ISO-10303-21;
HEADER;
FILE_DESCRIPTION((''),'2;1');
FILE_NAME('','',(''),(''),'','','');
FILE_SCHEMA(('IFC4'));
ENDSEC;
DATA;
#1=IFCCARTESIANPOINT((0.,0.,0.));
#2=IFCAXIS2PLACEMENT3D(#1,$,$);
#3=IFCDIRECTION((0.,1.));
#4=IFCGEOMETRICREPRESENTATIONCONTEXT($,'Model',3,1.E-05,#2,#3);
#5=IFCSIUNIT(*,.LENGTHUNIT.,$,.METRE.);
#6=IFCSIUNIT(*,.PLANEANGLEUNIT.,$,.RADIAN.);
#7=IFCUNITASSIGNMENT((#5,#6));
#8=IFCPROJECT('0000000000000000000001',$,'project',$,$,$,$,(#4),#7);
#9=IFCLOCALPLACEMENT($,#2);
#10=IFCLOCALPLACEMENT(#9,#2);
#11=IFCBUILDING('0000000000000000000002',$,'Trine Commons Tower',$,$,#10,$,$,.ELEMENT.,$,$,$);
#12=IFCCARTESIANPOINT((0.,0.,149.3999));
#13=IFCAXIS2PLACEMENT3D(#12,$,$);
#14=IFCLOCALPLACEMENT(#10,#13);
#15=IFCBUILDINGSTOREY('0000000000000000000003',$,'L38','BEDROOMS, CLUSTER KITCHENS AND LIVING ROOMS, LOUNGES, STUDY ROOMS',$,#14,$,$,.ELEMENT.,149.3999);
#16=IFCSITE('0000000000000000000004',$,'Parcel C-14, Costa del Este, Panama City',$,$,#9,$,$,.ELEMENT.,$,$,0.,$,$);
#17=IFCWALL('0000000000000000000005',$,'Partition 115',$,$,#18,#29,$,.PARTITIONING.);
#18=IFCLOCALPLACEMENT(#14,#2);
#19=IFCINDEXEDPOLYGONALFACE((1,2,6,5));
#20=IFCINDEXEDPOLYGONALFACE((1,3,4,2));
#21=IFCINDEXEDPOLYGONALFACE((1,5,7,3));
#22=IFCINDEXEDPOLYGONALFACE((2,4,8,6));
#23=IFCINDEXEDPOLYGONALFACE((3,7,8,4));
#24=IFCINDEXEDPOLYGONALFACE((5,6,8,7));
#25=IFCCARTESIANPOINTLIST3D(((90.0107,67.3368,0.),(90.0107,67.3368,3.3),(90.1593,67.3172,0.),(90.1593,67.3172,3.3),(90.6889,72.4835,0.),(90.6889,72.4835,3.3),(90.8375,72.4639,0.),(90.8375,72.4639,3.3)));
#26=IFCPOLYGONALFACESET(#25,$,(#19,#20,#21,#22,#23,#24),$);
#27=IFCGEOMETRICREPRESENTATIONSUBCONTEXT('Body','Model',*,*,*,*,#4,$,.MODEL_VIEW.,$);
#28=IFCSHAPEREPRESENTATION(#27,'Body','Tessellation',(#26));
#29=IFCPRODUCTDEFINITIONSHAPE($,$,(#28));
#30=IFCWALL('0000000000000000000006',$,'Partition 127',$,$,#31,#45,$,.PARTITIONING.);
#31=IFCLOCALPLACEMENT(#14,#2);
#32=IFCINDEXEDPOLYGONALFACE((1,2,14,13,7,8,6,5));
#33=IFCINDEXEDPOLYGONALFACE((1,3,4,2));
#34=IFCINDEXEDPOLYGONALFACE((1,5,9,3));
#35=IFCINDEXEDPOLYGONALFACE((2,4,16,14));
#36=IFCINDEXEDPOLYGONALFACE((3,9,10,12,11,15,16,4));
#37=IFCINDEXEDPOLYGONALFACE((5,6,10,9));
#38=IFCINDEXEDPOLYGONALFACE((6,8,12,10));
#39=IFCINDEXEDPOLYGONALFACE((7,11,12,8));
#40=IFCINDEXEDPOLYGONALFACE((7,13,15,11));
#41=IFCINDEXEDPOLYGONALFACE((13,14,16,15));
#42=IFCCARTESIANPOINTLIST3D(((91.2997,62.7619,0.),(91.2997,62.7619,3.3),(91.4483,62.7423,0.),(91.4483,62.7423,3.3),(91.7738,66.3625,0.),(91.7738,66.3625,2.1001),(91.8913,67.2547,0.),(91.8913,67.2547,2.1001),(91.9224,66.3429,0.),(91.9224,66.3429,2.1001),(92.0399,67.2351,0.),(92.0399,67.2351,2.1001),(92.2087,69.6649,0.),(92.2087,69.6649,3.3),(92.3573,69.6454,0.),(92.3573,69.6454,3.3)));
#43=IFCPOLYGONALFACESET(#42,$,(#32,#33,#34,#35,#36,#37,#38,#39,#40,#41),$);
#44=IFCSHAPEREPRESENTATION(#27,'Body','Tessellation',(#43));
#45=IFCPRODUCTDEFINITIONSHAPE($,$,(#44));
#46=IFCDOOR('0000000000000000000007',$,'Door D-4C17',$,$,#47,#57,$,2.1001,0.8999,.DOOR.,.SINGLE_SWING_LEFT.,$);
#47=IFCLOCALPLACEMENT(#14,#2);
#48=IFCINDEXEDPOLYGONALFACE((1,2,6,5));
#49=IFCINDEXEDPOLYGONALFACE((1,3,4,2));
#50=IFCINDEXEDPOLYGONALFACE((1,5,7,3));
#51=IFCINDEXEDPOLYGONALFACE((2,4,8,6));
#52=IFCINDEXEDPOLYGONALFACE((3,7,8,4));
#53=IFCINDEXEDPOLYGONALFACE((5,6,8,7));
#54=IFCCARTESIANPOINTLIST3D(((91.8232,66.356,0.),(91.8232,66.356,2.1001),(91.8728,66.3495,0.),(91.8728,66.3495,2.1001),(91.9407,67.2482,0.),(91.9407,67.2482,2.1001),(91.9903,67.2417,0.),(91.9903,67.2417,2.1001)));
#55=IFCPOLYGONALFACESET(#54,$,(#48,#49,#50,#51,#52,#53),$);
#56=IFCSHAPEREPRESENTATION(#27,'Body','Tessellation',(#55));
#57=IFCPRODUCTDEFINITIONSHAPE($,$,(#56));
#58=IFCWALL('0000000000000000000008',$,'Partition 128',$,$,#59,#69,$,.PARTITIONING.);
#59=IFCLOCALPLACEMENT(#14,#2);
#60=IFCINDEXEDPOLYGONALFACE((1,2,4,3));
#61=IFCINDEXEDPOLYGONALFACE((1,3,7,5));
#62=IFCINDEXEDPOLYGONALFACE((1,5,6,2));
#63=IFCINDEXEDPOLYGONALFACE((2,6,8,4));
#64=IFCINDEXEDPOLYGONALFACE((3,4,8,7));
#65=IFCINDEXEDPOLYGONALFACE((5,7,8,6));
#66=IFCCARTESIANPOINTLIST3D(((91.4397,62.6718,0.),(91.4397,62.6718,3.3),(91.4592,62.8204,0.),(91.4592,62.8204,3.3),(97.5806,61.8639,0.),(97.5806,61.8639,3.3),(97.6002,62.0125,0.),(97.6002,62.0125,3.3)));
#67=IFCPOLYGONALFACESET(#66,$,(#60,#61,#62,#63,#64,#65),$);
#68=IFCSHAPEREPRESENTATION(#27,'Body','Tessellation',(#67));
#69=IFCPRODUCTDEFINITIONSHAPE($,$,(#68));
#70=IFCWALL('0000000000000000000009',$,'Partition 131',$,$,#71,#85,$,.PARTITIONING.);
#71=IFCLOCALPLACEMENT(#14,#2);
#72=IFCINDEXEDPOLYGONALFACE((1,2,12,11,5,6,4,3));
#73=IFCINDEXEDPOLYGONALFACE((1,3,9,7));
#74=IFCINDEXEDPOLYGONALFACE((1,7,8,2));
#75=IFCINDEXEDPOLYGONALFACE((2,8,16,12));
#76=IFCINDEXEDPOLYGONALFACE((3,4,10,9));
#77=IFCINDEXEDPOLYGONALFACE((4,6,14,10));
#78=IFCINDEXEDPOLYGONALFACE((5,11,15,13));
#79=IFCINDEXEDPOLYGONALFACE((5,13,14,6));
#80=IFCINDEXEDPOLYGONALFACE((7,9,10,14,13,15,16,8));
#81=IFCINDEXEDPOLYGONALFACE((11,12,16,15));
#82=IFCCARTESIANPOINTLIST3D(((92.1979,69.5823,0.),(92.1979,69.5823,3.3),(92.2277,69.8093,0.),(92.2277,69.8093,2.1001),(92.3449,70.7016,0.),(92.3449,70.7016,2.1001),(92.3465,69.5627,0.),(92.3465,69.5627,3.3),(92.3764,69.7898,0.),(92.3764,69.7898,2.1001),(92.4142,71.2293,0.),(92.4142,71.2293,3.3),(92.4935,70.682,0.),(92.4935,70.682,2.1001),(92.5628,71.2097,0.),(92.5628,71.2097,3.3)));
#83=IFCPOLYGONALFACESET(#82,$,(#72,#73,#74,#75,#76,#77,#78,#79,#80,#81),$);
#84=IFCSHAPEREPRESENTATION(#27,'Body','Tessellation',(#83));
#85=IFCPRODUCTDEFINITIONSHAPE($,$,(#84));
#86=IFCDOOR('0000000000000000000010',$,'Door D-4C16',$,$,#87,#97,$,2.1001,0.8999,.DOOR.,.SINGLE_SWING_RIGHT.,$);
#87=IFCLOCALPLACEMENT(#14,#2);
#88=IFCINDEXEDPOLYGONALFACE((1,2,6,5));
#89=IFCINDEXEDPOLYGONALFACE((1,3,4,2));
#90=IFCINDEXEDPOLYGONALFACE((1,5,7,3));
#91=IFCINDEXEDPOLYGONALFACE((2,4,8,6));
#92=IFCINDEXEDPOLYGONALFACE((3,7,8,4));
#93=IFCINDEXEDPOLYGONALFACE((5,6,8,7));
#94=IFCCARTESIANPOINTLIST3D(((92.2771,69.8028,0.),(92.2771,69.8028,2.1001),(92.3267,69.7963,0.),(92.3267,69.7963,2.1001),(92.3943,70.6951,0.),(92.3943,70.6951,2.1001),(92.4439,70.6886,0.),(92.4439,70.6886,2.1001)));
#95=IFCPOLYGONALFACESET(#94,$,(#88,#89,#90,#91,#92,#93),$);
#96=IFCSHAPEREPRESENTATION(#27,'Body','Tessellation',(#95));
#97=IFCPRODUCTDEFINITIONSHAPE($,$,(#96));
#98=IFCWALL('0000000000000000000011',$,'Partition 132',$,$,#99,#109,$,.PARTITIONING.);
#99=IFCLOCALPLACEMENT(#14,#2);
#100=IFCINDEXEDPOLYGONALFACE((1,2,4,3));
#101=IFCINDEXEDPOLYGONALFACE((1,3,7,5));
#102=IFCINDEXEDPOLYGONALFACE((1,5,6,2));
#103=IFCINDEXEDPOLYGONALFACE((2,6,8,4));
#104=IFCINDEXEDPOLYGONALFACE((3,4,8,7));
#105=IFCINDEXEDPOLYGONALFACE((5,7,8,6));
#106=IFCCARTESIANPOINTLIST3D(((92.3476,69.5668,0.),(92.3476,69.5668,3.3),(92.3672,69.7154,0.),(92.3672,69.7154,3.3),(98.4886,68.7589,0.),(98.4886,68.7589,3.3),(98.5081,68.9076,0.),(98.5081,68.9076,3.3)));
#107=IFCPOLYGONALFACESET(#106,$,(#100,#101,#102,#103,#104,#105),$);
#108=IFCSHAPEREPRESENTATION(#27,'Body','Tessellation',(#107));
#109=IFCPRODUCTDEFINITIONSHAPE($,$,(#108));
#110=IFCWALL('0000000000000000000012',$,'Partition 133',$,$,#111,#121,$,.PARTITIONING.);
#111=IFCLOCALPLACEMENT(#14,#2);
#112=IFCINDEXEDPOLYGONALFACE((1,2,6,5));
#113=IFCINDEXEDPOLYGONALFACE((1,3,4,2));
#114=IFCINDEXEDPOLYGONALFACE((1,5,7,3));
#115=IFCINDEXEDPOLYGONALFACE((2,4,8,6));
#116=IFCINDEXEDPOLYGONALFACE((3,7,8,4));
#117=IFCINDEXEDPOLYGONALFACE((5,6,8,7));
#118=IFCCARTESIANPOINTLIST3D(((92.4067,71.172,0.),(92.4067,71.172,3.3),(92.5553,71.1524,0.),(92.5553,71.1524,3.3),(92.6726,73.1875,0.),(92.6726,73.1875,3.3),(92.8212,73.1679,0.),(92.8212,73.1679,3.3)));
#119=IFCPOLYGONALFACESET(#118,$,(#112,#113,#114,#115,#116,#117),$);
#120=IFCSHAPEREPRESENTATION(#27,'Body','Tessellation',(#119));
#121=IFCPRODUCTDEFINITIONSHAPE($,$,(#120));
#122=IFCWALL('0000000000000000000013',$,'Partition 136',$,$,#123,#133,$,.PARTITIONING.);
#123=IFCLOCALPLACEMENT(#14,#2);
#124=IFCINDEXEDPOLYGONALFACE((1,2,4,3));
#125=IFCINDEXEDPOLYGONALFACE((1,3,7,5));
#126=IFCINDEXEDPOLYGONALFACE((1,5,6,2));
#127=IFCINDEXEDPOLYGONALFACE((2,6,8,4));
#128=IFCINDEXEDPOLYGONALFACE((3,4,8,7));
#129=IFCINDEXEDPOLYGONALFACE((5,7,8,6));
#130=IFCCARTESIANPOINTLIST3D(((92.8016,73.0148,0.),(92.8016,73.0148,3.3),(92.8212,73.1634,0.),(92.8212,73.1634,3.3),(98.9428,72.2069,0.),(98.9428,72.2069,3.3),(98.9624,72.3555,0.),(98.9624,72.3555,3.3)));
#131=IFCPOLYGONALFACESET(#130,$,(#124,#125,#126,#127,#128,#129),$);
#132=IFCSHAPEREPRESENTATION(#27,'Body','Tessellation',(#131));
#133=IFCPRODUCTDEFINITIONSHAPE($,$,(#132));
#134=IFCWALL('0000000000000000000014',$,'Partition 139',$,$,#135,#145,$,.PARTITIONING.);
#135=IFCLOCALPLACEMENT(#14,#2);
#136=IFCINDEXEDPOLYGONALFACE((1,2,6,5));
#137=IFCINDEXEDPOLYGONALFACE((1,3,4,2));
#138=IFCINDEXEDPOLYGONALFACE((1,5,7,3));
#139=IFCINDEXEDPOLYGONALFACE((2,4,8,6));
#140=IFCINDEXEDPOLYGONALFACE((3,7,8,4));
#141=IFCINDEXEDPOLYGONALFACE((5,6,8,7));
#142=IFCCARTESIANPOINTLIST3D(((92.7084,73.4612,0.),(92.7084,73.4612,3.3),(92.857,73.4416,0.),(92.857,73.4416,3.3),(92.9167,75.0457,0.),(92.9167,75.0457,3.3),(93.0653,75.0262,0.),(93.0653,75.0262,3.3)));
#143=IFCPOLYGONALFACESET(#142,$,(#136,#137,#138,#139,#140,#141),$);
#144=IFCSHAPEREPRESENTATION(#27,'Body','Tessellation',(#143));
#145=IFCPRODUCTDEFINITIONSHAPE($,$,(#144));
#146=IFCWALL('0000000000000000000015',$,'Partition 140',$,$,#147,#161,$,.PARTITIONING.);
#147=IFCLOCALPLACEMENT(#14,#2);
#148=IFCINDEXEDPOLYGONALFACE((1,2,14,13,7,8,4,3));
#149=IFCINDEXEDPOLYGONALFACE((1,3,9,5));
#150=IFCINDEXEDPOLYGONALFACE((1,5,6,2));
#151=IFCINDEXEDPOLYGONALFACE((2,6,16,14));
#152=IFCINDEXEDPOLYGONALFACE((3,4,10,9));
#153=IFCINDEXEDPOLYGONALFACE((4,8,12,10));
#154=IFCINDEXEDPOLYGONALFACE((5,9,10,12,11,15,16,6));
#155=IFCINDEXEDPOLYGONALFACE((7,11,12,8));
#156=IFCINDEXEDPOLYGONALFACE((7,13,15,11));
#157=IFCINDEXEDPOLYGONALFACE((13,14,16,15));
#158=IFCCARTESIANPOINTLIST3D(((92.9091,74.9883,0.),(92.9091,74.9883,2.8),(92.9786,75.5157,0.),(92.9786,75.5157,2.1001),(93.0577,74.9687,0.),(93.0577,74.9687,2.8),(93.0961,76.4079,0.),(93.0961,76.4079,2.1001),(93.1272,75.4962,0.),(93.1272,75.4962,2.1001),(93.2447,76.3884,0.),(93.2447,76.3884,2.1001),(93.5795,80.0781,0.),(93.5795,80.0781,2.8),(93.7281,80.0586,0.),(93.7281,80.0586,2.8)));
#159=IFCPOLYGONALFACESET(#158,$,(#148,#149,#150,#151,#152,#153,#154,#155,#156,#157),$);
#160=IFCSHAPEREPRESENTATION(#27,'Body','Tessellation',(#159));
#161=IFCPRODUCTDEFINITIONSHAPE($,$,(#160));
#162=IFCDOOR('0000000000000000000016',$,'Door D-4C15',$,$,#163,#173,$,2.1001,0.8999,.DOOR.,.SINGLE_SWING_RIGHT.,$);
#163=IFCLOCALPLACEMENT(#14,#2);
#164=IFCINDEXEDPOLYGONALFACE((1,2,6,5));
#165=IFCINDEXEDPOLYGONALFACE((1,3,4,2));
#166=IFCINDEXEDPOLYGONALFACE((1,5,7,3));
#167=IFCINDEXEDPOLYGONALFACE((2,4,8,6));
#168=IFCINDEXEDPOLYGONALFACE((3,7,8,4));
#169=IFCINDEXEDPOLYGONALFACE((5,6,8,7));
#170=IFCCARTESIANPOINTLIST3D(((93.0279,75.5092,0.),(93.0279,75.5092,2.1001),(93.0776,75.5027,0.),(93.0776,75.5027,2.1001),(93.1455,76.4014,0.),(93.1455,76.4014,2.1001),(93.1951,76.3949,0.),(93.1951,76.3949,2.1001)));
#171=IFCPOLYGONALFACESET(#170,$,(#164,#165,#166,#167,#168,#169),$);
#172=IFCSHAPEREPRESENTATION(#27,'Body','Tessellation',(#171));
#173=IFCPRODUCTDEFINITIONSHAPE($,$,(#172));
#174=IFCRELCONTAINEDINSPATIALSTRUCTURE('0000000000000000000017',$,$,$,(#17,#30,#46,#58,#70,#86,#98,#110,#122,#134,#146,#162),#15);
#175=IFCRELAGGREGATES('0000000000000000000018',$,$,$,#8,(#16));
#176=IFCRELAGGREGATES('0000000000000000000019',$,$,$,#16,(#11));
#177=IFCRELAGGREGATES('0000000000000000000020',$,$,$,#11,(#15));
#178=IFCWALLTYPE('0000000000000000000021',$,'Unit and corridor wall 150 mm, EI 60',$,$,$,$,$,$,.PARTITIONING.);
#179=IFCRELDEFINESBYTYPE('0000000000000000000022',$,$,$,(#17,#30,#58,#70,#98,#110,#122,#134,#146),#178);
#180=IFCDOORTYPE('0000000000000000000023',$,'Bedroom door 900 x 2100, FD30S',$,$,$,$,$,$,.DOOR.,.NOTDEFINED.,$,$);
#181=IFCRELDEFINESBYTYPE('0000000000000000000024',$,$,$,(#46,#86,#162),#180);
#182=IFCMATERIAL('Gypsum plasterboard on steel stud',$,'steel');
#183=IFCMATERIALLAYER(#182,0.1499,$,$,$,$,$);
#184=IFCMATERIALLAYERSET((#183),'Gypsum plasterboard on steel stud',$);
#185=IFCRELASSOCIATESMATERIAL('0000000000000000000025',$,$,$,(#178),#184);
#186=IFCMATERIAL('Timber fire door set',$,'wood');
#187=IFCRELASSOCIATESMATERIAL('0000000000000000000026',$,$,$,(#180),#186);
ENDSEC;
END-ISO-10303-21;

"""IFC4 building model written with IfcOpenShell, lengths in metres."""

from ifc_helpers import new_model, si_unit, direction, frame, frame_2d, origin, place, context, subcontext, project, spatial, rectangle, extrude, material, layer, layer_set, type_object, element, fill, save


model = new_model("IFC4")

# Units and contexts
model_context = context("Model", 3, precision=1e-05, world=origin(), true_north=direction((0.0, 1.0)))
body_context = subcontext(model_context, "Body", "Model", "MODEL_VIEW")
ifc_project = project(units=[si_unit("LENGTHUNIT", "METRE"), si_unit("PLANEANGLEUNIT", "RADIAN")], contexts=[model_context])

# Site, building, storey
site_placement = place(None, origin())
site = spatial("IfcSite", under=ifc_project, at=site_placement, Name="Parcel C-14, Costa del Este, Panama City", CompositionType="ELEMENT", RefElevation=0.0)
building_placement = place(site_placement, origin())
building = spatial("IfcBuilding", under=site, at=building_placement, Name="Trine Commons Tower", CompositionType="ELEMENT")
storey_placement = place(building_placement, frame((0.0, 0.0, 149.3999)))
storey = spatial("IfcBuildingStorey", under=building, at=storey_placement, Name="L38", Description="BEDROOMS, CLUSTER KITCHENS AND LIVING ROOMS, LOUNGES, STUDY ROOMS", CompositionType="ELEMENT", Elevation=149.3999)

# Wall
ifc_material_1 = material(Name="Gypsum plasterboard on steel stud", Category="steel")
ifc_layer_1 = layer(ifc_material_1, 0.1499)
ifc_layer_set_1 = layer_set([ifc_layer_1], Name="Gypsum plasterboard on steel stud")
wall_type_1 = type_object("IfcWallType", Name="Unit and corridor wall 150 mm, EI 60", PredefinedType="PARTITIONING", material=ifc_layer_set_1)
wall_1_placement = place(storey_placement, frame((90.085, 67.3269, 0.0), z_axis=(0.0, 0.0, 1.0), x_axis=(0.130648, 0.991429, 0.0)))
element("IfcWall", 1, at=wall_1_placement, inside=storey, type_object=wall_type_1, Name="Partition 115", PredefinedType="PARTITIONING", context=body_context, shape_type="SweptSolid", body=[
    extrude(rectangle(XDim=5.1912, YDim=0.1499, at=frame_2d((2.5957, 0.0))), origin(), (0.0, 0.0, 1.0), 3.3),
])

# Wall, opening, door
wall_2_placement = place(storey_placement, frame((91.374, 62.752, 0.0), z_axis=(0.0, 0.0, 1.0), x_axis=(0.130544, 0.991442, 0.0)))
wall_2 = element("IfcWall", 2, at=wall_2_placement, inside=storey, type_object=wall_type_1, Name="Partition 127", PredefinedType="PARTITIONING", context=body_context, shape_type="SweptSolid", body=[
    extrude(rectangle(XDim=6.9626, YDim=0.1499, at=frame_2d((3.4814, 0.0))), origin(), (0.0, 0.0, 1.0), 3.3),
])
opening_1_placement = place(wall_2_placement, frame((3.6318, 0.0, 0.0)))
opening_1 = element("IfcOpeningElement", 3, at=opening_1_placement, cuts=wall_2, PredefinedType="OPENING", context=body_context, shape_type="SweptSolid", body=[
    extrude(rectangle(XDim=0.8999, YDim=2.1001, at=frame_2d((0.45, 1.05))), frame((0.0, 0.085, 0.0), z_axis=(0.0, -1.0, 0.0), x_axis=(1.0, 0.0, 0.0)), (0.0, 0.0, 1.0), 0.1699),
])
ifc_material_2 = material(Name="Timber fire door set", Category="wood")
door_type_1 = type_object("IfcDoorType", Name="Bedroom door 900 x 2100, FD30S", OperationType="NOTDEFINED", PredefinedType="DOOR", material=ifc_material_2)
door_1_placement = place(opening_1_placement, frame((0.8999, 0.0, 0.0), z_axis=(0.0, 0.0, 1.0), x_axis=(-1.0, 0.0, 0.0)))
door_1 = element("IfcDoor", 4, at=door_1_placement, inside=storey, type_object=door_type_1, Name="Door D-4C17", OperationType="SINGLE_SWING_LEFT", OverallHeight=2.1001, OverallWidth=0.8999, PredefinedType="DOOR", context=body_context, shape_type="SweptSolid", body=[
    extrude(rectangle(XDim=0.8999, YDim=2.1001, at=frame_2d((0.45, 1.05))), frame((0.0, 0.0249, 0.0), z_axis=(0.0, -1.0, 0.0), x_axis=(1.0, 0.0, 0.0)), (0.0, 0.0, 1.0), 0.05),
])
fill(opening_1, door_1)

# Wall
wall_3_placement = place(storey_placement, frame((91.4495, 62.7461, 0.0), z_axis=(0.0, 0.0, 1.0), x_axis=(0.991457, -0.130431, 0.0)))
element("IfcWall", 5, at=wall_3_placement, inside=storey, type_object=wall_type_1, Name="Partition 128", PredefinedType="PARTITIONING", context=body_context, shape_type="SweptSolid", body=[
    extrude(rectangle(XDim=6.1938, YDim=0.1499, at=frame_2d((3.0969, 0.0))), origin(), (0.0, 0.0, 1.0), 3.3),
])

# Wall, opening, door
wall_4_placement = place(storey_placement, frame((92.2722, 69.5725, 0.0), z_axis=(0.0, 0.0, 1.0), x_axis=(0.130219, 0.991485, 0.0)))
wall_4 = element("IfcWall", 6, at=wall_4_placement, inside=storey, type_object=wall_type_1, Name="Partition 131", PredefinedType="PARTITIONING", context=body_context, shape_type="SweptSolid", body=[
    extrude(rectangle(XDim=1.6611, YDim=0.1499, at=frame_2d((0.8306, 0.0))), origin(), (0.0, 0.0, 1.0), 3.3),
])
opening_2_placement = place(wall_4_placement, frame((0.229, 0.0, 0.0)))
opening_2 = element("IfcOpeningElement", 7, at=opening_2_placement, cuts=wall_4, PredefinedType="OPENING", context=body_context, shape_type="SweptSolid", body=[
    extrude(rectangle(XDim=0.8999, YDim=2.1001, at=frame_2d((0.45, 1.05))), frame((0.0, 0.085, 0.0), z_axis=(0.0, -1.0, 0.0), x_axis=(1.0, 0.0, 0.0)), (0.0, 0.0, 1.0), 0.1699),
])
door_2_placement = place(opening_2_placement, frame((0.8999, 0.0, 0.0), z_axis=(0.0, 0.0, 1.0), x_axis=(-1.0, 0.0, 0.0)))
door_2 = element("IfcDoor", 8, at=door_2_placement, inside=storey, type_object=door_type_1, Name="Door D-4C16", OperationType="SINGLE_SWING_RIGHT", OverallHeight=2.1001, OverallWidth=0.8999, PredefinedType="DOOR", context=body_context, shape_type="SweptSolid", body=[
    extrude(rectangle(XDim=0.8999, YDim=2.1001, at=frame_2d((0.45, 1.05))), frame((0.0, 0.0249, 0.0), z_axis=(0.0, -1.0, 0.0), x_axis=(1.0, 0.0, 0.0)), (0.0, 0.0, 1.0), 0.05),
])
fill(opening_2, door_2)

# Walls
wall_5_placement = place(storey_placement, frame((92.3574, 69.6411, 0.0), z_axis=(0.0, 0.0, 1.0), x_axis=(0.991457, -0.130431, 0.0)))
element("IfcWall", 9, at=wall_5_placement, inside=storey, type_object=wall_type_1, Name="Partition 132", PredefinedType="PARTITIONING", context=body_context, shape_type="SweptSolid", body=[
    extrude(rectangle(XDim=6.1938, YDim=0.1499, at=frame_2d((3.0969, 0.0))), origin(), (0.0, 0.0, 1.0), 3.3),
])
wall_6_placement = place(storey_placement, frame((92.481, 71.1621, 0.0), z_axis=(0.0, 0.0, 1.0), x_axis=(0.130787, 0.991411, 0.0)))
element("IfcWall", 10, at=wall_6_placement, inside=storey, type_object=wall_type_1, Name="Partition 133", PredefinedType="PARTITIONING", context=body_context, shape_type="SweptSolid", body=[
    extrude(rectangle(XDim=2.033, YDim=0.1499, at=frame_2d((1.0166, 0.0))), origin(), (0.0, 0.0, 1.0), 3.3),
])
wall_7_placement = place(storey_placement, frame((92.8113, 73.0891, 0.0), z_axis=(0.0, 0.0, 1.0), x_axis=(0.991458, -0.130426, 0.0)))
element("IfcWall", 11, at=wall_7_placement, inside=storey, type_object=wall_type_1, Name="Partition 136", PredefinedType="PARTITIONING", context=body_context, shape_type="SweptSolid", body=[
    extrude(rectangle(XDim=6.1941, YDim=0.1499, at=frame_2d((3.0972, 0.0))), origin(), (0.0, 0.0, 1.0), 3.3),
])
wall_8_placement = place(storey_placement, frame((92.7827, 73.4514, 0.0), z_axis=(0.0, 0.0, 1.0), x_axis=(0.130312, 0.991473, 0.0)))
element("IfcWall", 12, at=wall_8_placement, inside=storey, type_object=wall_type_1, Name="Partition 139", PredefinedType="PARTITIONING", context=body_context, shape_type="SweptSolid", body=[
    extrude(rectangle(XDim=1.5981, YDim=0.1499, at=frame_2d((0.7991, 0.0))), origin(), (0.0, 0.0, 1.0), 3.3),
])

# Wall, opening, door
wall_9_placement = place(storey_placement, frame((92.9834, 74.9785, 0.0), z_axis=(0.0, 0.0, 1.0), x_axis=(0.130587, 0.991437, 0.0)))
wall_9 = element("IfcWall", 13, at=wall_9_placement, inside=storey, type_object=wall_type_1, Name="Partition 140", PredefinedType="PARTITIONING", context=body_context, shape_type="SweptSolid", body=[
    extrude(rectangle(XDim=5.1338, YDim=0.1499, at=frame_2d((2.5669, 0.0))), origin(), (0.0, 0.0, 1.0), 2.8),
])
opening_3_placement = place(wall_9_placement, frame((0.532, 0.0, 0.0)))
opening_3 = element("IfcOpeningElement", 14, at=opening_3_placement, cuts=wall_9, PredefinedType="OPENING", context=body_context, shape_type="SweptSolid", body=[
    extrude(rectangle(XDim=0.8999, YDim=2.1001, at=frame_2d((0.45, 1.05))), frame((0.0, 0.085, 0.0), z_axis=(0.0, -1.0, 0.0), x_axis=(1.0, 0.0, 0.0)), (0.0, 0.0, 1.0), 0.1699),
])
door_3_placement = place(opening_3_placement, frame((0.8999, 0.0, 0.0), z_axis=(0.0, 0.0, 1.0), x_axis=(-1.0, 0.0, 0.0)))
door_3 = element("IfcDoor", 15, at=door_3_placement, inside=storey, type_object=door_type_1, Name="Door D-4C15", OperationType="SINGLE_SWING_RIGHT", OverallHeight=2.1001, OverallWidth=0.8999, PredefinedType="DOOR", context=body_context, shape_type="SweptSolid", body=[
    extrude(rectangle(XDim=0.8999, YDim=2.1001, at=frame_2d((0.45, 1.05))), frame((0.0, 0.0249, 0.0), z_axis=(0.0, -1.0, 0.0), x_axis=(1.0, 0.0, 0.0)), (0.0, 0.0, 1.0), 0.05),
])
fill(opening_3, door_3)

save(model, "model.ifc")
